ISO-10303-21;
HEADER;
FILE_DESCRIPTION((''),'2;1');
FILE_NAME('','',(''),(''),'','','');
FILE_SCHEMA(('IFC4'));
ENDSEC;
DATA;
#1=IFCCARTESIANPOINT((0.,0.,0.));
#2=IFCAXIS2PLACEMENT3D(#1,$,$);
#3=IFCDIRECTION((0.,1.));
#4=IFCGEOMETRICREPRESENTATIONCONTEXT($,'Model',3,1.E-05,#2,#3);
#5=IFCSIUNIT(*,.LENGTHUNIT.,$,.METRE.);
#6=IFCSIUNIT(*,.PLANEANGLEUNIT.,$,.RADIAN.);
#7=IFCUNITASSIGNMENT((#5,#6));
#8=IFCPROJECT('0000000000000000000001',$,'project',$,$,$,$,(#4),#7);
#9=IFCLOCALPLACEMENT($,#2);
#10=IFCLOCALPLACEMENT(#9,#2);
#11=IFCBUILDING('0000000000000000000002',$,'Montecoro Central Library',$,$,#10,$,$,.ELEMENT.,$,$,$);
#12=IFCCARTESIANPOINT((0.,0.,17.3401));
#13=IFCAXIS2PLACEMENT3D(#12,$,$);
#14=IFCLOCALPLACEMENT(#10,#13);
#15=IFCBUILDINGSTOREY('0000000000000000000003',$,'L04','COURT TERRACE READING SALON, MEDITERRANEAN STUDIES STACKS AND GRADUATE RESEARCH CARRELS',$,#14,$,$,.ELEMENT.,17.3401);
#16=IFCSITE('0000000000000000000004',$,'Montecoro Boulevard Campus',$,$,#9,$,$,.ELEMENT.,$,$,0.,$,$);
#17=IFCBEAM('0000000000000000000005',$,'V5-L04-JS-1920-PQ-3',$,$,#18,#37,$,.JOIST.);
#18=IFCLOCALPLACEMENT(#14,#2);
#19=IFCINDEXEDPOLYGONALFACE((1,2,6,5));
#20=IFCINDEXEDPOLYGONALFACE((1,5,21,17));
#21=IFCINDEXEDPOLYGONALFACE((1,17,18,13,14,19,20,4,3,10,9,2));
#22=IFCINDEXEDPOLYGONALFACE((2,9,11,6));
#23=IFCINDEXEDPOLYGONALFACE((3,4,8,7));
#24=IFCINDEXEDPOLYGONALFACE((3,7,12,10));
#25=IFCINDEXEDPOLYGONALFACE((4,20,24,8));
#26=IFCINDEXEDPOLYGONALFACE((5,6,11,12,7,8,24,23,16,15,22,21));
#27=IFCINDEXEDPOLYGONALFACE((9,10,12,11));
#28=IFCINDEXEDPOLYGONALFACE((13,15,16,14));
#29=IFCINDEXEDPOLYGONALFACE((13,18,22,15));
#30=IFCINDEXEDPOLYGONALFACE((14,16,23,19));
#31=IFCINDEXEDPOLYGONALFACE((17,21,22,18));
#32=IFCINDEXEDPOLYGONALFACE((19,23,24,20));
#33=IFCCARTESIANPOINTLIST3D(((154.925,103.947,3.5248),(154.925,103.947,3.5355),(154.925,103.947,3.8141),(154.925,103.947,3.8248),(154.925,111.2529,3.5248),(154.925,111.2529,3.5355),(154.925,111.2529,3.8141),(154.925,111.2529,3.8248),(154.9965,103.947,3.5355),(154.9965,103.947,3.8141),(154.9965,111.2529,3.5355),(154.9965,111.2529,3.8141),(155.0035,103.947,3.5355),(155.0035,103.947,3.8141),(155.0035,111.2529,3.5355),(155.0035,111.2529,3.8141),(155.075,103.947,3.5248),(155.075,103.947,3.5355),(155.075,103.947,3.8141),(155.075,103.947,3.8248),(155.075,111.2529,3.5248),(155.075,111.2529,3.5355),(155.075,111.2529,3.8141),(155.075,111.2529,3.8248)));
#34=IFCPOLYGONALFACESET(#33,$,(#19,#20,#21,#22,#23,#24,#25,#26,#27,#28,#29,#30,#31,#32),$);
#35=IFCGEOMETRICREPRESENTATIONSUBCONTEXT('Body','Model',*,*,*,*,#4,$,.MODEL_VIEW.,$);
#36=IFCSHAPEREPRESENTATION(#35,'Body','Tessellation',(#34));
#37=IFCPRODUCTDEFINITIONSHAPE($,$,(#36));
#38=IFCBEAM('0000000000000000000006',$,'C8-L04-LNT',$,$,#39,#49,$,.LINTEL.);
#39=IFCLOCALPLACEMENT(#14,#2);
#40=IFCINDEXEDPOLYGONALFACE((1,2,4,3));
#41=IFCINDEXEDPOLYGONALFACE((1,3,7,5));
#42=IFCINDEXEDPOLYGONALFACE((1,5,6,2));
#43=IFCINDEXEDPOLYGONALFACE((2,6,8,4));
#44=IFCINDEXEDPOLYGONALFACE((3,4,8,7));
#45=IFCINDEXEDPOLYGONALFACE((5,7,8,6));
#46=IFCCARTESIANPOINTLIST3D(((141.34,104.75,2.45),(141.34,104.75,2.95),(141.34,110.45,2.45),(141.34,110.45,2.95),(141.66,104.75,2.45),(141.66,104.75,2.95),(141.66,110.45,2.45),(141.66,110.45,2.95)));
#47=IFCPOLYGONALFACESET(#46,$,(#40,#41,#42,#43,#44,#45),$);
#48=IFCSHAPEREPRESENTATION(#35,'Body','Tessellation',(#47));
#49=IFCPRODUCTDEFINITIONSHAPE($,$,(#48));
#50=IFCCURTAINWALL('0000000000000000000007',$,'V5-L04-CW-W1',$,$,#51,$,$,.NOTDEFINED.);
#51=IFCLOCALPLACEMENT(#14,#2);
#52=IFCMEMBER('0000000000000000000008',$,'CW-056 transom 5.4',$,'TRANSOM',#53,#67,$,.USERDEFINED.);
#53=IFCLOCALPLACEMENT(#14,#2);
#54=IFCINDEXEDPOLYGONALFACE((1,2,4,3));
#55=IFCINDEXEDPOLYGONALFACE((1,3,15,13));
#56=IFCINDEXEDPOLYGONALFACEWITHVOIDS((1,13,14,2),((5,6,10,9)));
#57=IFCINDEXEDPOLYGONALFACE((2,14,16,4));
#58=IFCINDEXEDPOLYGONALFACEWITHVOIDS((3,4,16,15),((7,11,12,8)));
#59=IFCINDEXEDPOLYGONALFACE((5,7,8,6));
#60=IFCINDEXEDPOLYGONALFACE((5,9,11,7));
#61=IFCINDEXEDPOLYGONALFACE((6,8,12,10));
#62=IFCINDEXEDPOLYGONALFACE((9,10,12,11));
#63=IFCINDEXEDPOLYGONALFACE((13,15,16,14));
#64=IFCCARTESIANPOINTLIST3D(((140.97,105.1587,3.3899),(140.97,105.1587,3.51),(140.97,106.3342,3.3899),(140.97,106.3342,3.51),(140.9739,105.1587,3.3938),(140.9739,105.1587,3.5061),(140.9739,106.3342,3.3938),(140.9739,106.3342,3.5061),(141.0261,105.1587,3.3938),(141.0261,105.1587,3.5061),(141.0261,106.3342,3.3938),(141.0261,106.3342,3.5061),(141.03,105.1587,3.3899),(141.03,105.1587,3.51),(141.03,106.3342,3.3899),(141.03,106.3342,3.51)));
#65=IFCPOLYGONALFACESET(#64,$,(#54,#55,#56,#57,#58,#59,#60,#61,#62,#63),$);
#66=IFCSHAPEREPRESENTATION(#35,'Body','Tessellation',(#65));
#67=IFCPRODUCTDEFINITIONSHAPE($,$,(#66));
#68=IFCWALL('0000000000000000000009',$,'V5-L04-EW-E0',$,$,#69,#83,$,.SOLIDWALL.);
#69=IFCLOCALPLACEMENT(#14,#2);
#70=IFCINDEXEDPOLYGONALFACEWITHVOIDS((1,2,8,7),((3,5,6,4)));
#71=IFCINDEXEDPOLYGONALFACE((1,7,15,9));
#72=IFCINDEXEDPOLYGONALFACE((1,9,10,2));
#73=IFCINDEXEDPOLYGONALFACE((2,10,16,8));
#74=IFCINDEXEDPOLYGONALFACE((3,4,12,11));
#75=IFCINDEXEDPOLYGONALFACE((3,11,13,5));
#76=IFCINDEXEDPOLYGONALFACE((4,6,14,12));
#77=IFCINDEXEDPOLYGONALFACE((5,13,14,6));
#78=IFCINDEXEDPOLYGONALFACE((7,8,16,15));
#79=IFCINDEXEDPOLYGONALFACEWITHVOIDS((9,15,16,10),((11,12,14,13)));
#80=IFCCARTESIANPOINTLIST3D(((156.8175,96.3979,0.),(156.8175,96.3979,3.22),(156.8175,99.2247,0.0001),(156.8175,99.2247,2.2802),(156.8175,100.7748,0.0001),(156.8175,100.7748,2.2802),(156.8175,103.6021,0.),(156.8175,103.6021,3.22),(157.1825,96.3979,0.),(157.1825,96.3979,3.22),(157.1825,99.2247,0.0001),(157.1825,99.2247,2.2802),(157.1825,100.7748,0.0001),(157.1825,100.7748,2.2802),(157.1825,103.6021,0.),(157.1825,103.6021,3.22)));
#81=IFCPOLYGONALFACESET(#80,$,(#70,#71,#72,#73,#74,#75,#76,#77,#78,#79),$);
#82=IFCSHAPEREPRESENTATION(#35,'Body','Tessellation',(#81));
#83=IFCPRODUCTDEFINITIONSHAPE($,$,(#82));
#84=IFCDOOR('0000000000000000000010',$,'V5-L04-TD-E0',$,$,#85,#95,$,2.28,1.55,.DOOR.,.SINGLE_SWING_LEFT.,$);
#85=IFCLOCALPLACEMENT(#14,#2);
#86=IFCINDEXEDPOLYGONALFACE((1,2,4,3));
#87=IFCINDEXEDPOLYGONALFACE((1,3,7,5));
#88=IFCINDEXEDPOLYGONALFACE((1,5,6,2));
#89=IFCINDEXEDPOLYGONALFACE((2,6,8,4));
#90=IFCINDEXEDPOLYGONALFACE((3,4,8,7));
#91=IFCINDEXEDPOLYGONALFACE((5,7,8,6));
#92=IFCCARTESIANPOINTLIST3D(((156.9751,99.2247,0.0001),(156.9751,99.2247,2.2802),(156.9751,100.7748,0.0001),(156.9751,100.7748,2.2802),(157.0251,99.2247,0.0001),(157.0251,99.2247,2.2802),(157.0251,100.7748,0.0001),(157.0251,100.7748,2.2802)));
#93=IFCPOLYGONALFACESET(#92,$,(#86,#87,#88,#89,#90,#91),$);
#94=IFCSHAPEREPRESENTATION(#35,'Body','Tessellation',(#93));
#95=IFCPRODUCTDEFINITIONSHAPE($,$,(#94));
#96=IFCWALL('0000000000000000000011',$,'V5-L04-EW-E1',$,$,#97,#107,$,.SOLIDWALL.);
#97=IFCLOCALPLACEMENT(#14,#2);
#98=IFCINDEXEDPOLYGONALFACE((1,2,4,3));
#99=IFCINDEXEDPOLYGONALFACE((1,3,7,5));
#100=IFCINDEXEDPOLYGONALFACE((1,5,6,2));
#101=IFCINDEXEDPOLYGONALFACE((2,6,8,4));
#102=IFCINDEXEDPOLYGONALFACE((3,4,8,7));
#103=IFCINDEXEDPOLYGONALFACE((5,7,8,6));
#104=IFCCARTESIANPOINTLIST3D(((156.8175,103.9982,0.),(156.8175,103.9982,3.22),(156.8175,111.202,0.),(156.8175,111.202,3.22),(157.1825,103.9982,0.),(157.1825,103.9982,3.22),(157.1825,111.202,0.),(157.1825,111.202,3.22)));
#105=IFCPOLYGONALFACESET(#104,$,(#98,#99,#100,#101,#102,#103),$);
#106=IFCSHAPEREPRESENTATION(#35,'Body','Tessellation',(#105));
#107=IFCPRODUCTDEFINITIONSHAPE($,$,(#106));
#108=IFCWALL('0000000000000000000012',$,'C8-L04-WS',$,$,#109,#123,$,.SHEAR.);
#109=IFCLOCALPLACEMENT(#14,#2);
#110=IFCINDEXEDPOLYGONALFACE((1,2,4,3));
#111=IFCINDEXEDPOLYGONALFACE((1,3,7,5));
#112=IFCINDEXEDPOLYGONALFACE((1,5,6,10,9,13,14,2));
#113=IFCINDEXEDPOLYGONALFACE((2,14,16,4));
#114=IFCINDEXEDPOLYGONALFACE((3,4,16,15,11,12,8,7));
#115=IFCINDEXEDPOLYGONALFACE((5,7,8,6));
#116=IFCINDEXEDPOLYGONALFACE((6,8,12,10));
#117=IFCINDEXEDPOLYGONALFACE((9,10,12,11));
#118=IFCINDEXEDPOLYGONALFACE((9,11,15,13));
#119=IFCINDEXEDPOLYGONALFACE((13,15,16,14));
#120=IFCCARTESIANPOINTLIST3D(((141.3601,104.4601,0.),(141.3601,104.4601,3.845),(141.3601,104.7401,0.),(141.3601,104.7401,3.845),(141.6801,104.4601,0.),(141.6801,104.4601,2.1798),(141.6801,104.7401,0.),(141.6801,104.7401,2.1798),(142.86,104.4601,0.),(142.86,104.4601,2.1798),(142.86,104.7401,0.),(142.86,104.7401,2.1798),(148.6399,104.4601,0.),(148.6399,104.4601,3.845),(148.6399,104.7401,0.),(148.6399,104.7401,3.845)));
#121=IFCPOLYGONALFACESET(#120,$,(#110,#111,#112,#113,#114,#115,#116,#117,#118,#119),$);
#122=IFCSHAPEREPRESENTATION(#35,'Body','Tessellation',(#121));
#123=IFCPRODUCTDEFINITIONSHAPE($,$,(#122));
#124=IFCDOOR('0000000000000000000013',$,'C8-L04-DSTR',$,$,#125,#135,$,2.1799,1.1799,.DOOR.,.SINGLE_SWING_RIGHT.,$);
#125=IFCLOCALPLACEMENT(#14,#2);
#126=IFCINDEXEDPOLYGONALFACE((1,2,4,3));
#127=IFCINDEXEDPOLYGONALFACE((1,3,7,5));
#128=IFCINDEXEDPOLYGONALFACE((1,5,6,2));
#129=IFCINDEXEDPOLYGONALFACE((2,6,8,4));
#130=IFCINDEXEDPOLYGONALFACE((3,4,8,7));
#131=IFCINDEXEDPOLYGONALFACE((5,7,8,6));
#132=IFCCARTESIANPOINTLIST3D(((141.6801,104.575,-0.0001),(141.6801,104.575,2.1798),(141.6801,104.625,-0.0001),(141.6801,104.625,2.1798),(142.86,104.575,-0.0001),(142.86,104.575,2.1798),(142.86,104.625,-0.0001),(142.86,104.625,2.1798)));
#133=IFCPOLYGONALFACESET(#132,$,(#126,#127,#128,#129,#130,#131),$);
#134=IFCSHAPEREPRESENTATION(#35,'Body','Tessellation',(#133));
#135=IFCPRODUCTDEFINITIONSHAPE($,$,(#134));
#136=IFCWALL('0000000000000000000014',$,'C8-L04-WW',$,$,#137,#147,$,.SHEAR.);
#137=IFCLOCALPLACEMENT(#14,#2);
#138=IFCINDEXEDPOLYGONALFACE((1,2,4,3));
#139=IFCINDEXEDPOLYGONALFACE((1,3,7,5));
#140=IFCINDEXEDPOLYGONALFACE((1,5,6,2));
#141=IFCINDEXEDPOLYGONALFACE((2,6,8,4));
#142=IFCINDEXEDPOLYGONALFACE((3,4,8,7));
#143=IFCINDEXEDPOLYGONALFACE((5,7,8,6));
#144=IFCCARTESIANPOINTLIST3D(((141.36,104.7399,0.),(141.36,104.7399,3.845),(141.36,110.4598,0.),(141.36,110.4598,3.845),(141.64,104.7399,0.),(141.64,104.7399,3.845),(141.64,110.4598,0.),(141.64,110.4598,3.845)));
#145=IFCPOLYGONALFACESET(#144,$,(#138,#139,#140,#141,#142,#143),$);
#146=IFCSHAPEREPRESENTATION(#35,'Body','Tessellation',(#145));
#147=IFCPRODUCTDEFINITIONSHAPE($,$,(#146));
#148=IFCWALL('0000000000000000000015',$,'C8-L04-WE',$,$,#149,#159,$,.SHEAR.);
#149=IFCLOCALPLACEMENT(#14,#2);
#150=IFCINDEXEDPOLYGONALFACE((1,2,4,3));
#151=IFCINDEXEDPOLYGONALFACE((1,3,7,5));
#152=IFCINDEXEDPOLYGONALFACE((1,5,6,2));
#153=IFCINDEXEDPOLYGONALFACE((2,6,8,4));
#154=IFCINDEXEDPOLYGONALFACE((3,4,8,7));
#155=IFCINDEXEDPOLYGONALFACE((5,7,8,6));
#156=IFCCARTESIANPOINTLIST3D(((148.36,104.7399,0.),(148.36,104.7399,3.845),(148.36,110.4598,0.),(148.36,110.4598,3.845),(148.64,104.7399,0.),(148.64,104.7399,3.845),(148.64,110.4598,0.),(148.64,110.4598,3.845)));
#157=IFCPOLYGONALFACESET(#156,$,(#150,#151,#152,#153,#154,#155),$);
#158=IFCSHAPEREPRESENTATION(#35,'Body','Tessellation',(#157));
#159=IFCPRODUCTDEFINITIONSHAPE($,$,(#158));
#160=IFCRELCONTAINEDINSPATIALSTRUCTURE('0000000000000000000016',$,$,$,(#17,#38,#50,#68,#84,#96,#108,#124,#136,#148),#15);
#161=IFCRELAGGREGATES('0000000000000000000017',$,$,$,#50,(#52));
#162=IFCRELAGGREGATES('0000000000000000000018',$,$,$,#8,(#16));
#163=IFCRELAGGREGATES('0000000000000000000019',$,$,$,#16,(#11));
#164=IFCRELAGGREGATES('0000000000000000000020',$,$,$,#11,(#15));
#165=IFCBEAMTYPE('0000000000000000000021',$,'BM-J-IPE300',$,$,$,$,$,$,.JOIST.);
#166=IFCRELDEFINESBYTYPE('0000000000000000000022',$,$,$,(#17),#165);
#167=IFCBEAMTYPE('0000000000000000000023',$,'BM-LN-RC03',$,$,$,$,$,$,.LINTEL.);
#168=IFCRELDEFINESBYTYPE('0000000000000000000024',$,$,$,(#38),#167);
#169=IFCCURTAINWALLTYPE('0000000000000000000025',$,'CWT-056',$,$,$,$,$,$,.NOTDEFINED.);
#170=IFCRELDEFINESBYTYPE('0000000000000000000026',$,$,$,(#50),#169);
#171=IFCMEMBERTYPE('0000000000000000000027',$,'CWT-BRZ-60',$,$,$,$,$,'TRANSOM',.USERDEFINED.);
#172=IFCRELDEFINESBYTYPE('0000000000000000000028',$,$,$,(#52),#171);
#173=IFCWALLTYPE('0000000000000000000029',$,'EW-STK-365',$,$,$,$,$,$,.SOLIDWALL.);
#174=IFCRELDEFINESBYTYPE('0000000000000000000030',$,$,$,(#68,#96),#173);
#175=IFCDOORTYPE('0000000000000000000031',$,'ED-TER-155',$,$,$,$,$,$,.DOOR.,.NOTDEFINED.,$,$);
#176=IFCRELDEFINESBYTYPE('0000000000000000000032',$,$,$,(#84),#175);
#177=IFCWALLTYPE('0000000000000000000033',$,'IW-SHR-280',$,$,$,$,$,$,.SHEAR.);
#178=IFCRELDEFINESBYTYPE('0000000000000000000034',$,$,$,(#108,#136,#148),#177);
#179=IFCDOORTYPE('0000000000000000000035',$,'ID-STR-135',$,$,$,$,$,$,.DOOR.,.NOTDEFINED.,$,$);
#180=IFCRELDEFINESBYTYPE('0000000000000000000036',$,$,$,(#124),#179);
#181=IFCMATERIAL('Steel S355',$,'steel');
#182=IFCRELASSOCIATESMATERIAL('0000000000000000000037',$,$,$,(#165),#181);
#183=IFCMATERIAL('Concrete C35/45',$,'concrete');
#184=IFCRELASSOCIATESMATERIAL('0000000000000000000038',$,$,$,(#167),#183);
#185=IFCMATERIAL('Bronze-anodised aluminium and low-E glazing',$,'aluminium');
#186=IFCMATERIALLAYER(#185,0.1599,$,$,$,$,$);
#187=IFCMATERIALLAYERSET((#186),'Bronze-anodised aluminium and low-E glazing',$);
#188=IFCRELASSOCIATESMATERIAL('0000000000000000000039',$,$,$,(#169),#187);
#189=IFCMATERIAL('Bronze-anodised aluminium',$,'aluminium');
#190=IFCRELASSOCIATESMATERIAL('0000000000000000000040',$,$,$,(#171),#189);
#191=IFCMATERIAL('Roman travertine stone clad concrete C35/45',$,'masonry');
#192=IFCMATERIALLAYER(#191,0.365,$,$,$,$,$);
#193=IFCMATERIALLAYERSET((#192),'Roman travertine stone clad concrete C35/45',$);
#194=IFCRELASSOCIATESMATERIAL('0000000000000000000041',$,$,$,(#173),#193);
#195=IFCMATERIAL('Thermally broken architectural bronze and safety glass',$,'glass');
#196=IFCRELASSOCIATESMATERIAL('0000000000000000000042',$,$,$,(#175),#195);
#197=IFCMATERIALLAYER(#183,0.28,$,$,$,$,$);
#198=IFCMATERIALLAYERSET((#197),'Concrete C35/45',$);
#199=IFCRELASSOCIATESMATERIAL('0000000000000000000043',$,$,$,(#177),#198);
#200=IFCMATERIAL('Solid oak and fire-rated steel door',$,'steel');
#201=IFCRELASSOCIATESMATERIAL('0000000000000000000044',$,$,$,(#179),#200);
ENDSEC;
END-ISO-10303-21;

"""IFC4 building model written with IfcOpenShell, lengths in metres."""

from ifc_helpers import new_model, si_unit, direction, frame, frame_2d, origin, origin_2d, place, context, subcontext, project, spatial, rectangle, hollow_rectangle, i_section, extrude, material, layer, layer_set, material_profile, profile_set, type_object, element, fill, aggregate, save


model = new_model("IFC4")

# Units and contexts
model_context = context("Model", 3, precision=1e-05, world=origin(), true_north=direction((0.0, 1.0)))
body_context = subcontext(model_context, "Body", "Model", "MODEL_VIEW")
ifc_project = project(units=[si_unit("LENGTHUNIT", "METRE"), si_unit("PLANEANGLEUNIT", "RADIAN")], contexts=[model_context])

# Site, building, storey
site_placement = place(None, origin())
site = spatial("IfcSite", under=ifc_project, at=site_placement, Name="Montecoro Boulevard Campus", CompositionType="ELEMENT", RefElevation=0.0)
building_placement = place(site_placement, origin())
building = spatial("IfcBuilding", under=site, at=building_placement, Name="Montecoro Central Library", CompositionType="ELEMENT")
storey_placement = place(building_placement, frame((0.0, 0.0, 17.3401)))
storey = spatial("IfcBuildingStorey", under=building, at=storey_placement, Name="L04", Description="COURT TERRACE READING SALON, MEDITERRANEAN STUDIES STACKS AND GRADUATE RESEARCH CARRELS", CompositionType="ELEMENT", Elevation=17.3401)

# Shared definitions
ifc_material_1 = material(Name="Steel S355", Category="steel")

# Beams
ifc_material_profile_1 = material_profile(ifc_material_1, i_section(OverallWidth=0.1499, OverallDepth=0.3, WebThickness=0.0071, FlangeThickness=0.0107, at=origin_2d()), Name="IPE 300")
ifc_profile_set_1 = profile_set([ifc_material_profile_1], Name="Steel S355")
beam_type_1 = type_object("IfcBeamType", Name="BM-J-IPE300", PredefinedType="JOIST", material=ifc_profile_set_1)
for number, where, z_axis, x_axis, name in (
    (1, (155.0, 103.947, 3.6748), (0.0, 1.0, 0.0), (-1.0, 0.0, 0.0), "V5-L04-JS-1920-PQ-3"),
):
    element("IfcBeam", number, at=place(storey_placement, frame(where, z_axis=z_axis, x_axis=x_axis)), inside=storey, type_object=beam_type_1, Name=name, PredefinedType="JOIST", context=body_context, shape_type="SweptSolid", body=[
        extrude(i_section(OverallWidth=0.1499, OverallDepth=0.3, WebThickness=0.0071, FlangeThickness=0.0107, at=origin_2d()), origin(), (0.0, 0.0, 1.0), 7.3059),
    ])
ifc_material_2 = material(Name="Concrete C35/45", Category="concrete")
ifc_material_profile_2 = material_profile(ifc_material_2, rectangle(XDim=0.3201, YDim=0.5, at=origin_2d()), Name="RC LNT 500x320")
ifc_profile_set_2 = profile_set([ifc_material_profile_2], Name="Concrete C35/45")
beam_type_2 = type_object("IfcBeamType", Name="BM-LN-RC03", PredefinedType="LINTEL", material=ifc_profile_set_2)
beam_1_placement = place(storey_placement, frame((141.5, 104.75, 2.7), z_axis=(0.0, 1.0, 0.0), x_axis=(-1.0, 0.0, 0.0)))
element("IfcBeam", 2, at=beam_1_placement, inside=storey, type_object=beam_type_2, Name="C8-L04-LNT", PredefinedType="LINTEL", context=body_context, shape_type="SweptSolid", body=[
    extrude(rectangle(XDim=0.3201, YDim=0.5, at=origin_2d()), origin(), (0.0, 0.0, 1.0), 5.7),
])

# Curtain wall, member
ifc_material_3 = material(Name="Bronze-anodised aluminium and low-E glazing", Category="aluminium")
ifc_layer_1 = layer(ifc_material_3, 0.1599)
ifc_layer_set_1 = layer_set([ifc_layer_1], Name="Bronze-anodised aluminium and low-E glazing")
curtain_wall_type = type_object("IfcCurtainWallType", Name="CWT-056", PredefinedType="NOTDEFINED", material=ifc_layer_set_1)
curtain_wall_placement = place(storey_placement, origin())
curtain_wall = element("IfcCurtainWall", 3, at=curtain_wall_placement, inside=storey, type_object=curtain_wall_type, Name="V5-L04-CW-W1", PredefinedType="NOTDEFINED")
ifc_material_4 = material(Name="Bronze-anodised aluminium", Category="aluminium")
ifc_material_profile_3 = material_profile(ifc_material_4, hollow_rectangle(XDim=0.0601, YDim=0.1201, WallThickness=0.0039, at=origin_2d()), Name="CWT 120x60x4.0")
ifc_profile_set_3 = profile_set([ifc_material_profile_3], Name="Bronze-anodised aluminium")
member_type = type_object("IfcMemberType", Name="CWT-BRZ-60", ElementType="TRANSOM", PredefinedType="USERDEFINED", material=ifc_profile_set_3)
member_placement = place(storey_placement, frame((141.0, 106.3342, 3.45), z_axis=(0.0, -1.0, 0.0), x_axis=(1.0, 0.0, 0.0)))
member = element("IfcMember", 4, at=member_placement, type_object=member_type, Name="CW-056 transom 5.4", ObjectType="TRANSOM", PredefinedType="USERDEFINED", context=body_context, shape_type="SweptSolid", body=[
    extrude(hollow_rectangle(XDim=0.0601, YDim=0.1201, WallThickness=0.0039, at=origin_2d()), origin(), (0.0, 0.0, 1.0), 1.1755),
])
aggregate(curtain_wall, [member])

# Wall, opening, door
ifc_material_5 = material(Name="Roman travertine stone clad concrete C35/45", Category="masonry")
ifc_layer_2 = layer(ifc_material_5, 0.365)
ifc_layer_set_2 = layer_set([ifc_layer_2], Name="Roman travertine stone clad concrete C35/45")
wall_type_1 = type_object("IfcWallType", Name="EW-STK-365", PredefinedType="SOLIDWALL", material=ifc_layer_set_2)
wall_1_placement = place(storey_placement, frame((157.0, 96.3979, 0.0), z_axis=(0.0, 0.0, 1.0), x_axis=(0.0, 1.0, 0.0)))
wall_1 = element("IfcWall", 5, at=wall_1_placement, inside=storey, type_object=wall_type_1, Name="V5-L04-EW-E0", PredefinedType="SOLIDWALL", context=body_context, shape_type="SweptSolid", body=[
    extrude(rectangle(XDim=7.2041, YDim=0.365, at=frame_2d((3.6021, 0.0))), origin(), (0.0, 0.0, 1.0), 3.22),
])
opening_1_placement = place(wall_1_placement, frame((2.8269, 0.0, 0.0)))
opening_1 = element("IfcOpeningElement", 6, at=opening_1_placement, cuts=wall_1, PredefinedType="OPENING", context=body_context, shape_type="SweptSolid", body=[
    extrude(rectangle(XDim=1.55, YDim=2.28, at=frame_2d((0.7749, 1.1401))), frame((0.0, 0.1924, 0.0), z_axis=(0.0, -1.0, 0.0), x_axis=(1.0, 0.0, 0.0)), (0.0, 0.0, 1.0), 0.385),
])
ifc_material_6 = material(Name="Thermally broken architectural bronze and safety glass", Category="glass")
door_type_1 = type_object("IfcDoorType", Name="ED-TER-155", OperationType="NOTDEFINED", PredefinedType="DOOR", material=ifc_material_6)
door_1_placement = place(opening_1_placement, origin())
door_1 = element("IfcDoor", 7, at=door_1_placement, inside=storey, type_object=door_type_1, Name="V5-L04-TD-E0", OperationType="SINGLE_SWING_LEFT", OverallHeight=2.28, OverallWidth=1.55, PredefinedType="DOOR", context=body_context, shape_type="SweptSolid", body=[
    extrude(rectangle(XDim=1.55, YDim=2.28, at=frame_2d((0.7749, 1.1401))), frame((0.0, 0.0249, 0.0), z_axis=(0.0, -1.0, 0.0), x_axis=(1.0, 0.0, 0.0)), (0.0, 0.0, 1.0), 0.05),
])
fill(opening_1, door_1)

# Wall
wall_2_placement = place(storey_placement, frame((157.0, 103.998, 0.0), z_axis=(0.0, 0.0, 1.0), x_axis=(0.0, 1.0, 0.0)))
element("IfcWall", 8, at=wall_2_placement, inside=storey, type_object=wall_type_1, Name="V5-L04-EW-E1", PredefinedType="SOLIDWALL", context=body_context, shape_type="SweptSolid", body=[
    extrude(rectangle(XDim=7.2039, YDim=0.365, at=frame_2d((3.6021, 0.0))), origin(), (0.0, 0.0, 1.0), 3.22),
])

# Wall, opening, door
ifc_layer_3 = layer(ifc_material_2, 0.28)
ifc_layer_set_3 = layer_set([ifc_layer_3], Name="Concrete C35/45")
wall_type_2 = type_object("IfcWallType", Name="IW-SHR-280", PredefinedType="SHEAR", material=ifc_layer_set_3)
wall_3_placement = place(storey_placement, frame((141.3601, 104.6001, 0.0), z_axis=(0.0, 0.0, 1.0), x_axis=(1.0, 0.0, 0.0)))
wall_3 = element("IfcWall", 9, at=wall_3_placement, inside=storey, type_object=wall_type_2, Name="C8-L04-WS", PredefinedType="SHEAR", context=body_context, shape_type="SweptSolid", body=[
    extrude(rectangle(XDim=7.2798, YDim=0.28, at=frame_2d((3.6399, 0.0))), origin(), (0.0, 0.0, 1.0), 3.845),
])
opening_2_placement = place(wall_3_placement, frame((0.3201, 0.0, 0.0)))
opening_2 = element("IfcOpeningElement", 10, at=opening_2_placement, cuts=wall_3, PredefinedType="OPENING", context=body_context, shape_type="SweptSolid", body=[
    extrude(rectangle(XDim=1.1799, YDim=2.1799, at=frame_2d((0.5898, 1.0898))), frame((0.0, 0.1499, 0.0), z_axis=(0.0, -1.0, 0.0), x_axis=(1.0, 0.0, 0.0)), (0.0, 0.0, 1.0), 0.3),
])
ifc_material_7 = material(Name="Solid oak and fire-rated steel door", Category="steel")
door_type_2 = type_object("IfcDoorType", Name="ID-STR-135", OperationType="NOTDEFINED", PredefinedType="DOOR", material=ifc_material_7)
door_2_placement = place(opening_2_placement, origin())
door_2 = element("IfcDoor", 11, at=door_2_placement, inside=storey, type_object=door_type_2, Name="C8-L04-DSTR", OperationType="SINGLE_SWING_RIGHT", OverallHeight=2.1799, OverallWidth=1.1799, PredefinedType="DOOR", context=body_context, shape_type="SweptSolid", body=[
    extrude(rectangle(XDim=1.1799, YDim=2.1799, at=frame_2d((0.5898, 1.0898))), frame((0.0, 0.0249, 0.0), z_axis=(0.0, -1.0, 0.0), x_axis=(1.0, 0.0, 0.0)), (0.0, 0.0, 1.0), 0.05),
])
fill(opening_2, door_2)

# Walls
for number, where, z_axis, x_axis, name in (
    (12, (141.5, 104.74, 0.0), (0.0, 0.0, 1.0), (0.0, 1.0, 0.0), "C8-L04-WW"),
    (13, (148.5, 104.74, 0.0), (0.0, 0.0, 1.0), (0.0, 1.0, 0.0), "C8-L04-WE"),
):
    element("IfcWall", number, at=place(storey_placement, frame(where, z_axis=z_axis, x_axis=x_axis)), inside=storey, type_object=wall_type_2, Name=name, PredefinedType="SHEAR", context=body_context, shape_type="SweptSolid", body=[
        extrude(rectangle(XDim=5.72, YDim=0.28, at=frame_2d((2.8599, 0.0))), origin(), (0.0, 0.0, 1.0), 3.845),
    ])

save(model, "model.ifc")
